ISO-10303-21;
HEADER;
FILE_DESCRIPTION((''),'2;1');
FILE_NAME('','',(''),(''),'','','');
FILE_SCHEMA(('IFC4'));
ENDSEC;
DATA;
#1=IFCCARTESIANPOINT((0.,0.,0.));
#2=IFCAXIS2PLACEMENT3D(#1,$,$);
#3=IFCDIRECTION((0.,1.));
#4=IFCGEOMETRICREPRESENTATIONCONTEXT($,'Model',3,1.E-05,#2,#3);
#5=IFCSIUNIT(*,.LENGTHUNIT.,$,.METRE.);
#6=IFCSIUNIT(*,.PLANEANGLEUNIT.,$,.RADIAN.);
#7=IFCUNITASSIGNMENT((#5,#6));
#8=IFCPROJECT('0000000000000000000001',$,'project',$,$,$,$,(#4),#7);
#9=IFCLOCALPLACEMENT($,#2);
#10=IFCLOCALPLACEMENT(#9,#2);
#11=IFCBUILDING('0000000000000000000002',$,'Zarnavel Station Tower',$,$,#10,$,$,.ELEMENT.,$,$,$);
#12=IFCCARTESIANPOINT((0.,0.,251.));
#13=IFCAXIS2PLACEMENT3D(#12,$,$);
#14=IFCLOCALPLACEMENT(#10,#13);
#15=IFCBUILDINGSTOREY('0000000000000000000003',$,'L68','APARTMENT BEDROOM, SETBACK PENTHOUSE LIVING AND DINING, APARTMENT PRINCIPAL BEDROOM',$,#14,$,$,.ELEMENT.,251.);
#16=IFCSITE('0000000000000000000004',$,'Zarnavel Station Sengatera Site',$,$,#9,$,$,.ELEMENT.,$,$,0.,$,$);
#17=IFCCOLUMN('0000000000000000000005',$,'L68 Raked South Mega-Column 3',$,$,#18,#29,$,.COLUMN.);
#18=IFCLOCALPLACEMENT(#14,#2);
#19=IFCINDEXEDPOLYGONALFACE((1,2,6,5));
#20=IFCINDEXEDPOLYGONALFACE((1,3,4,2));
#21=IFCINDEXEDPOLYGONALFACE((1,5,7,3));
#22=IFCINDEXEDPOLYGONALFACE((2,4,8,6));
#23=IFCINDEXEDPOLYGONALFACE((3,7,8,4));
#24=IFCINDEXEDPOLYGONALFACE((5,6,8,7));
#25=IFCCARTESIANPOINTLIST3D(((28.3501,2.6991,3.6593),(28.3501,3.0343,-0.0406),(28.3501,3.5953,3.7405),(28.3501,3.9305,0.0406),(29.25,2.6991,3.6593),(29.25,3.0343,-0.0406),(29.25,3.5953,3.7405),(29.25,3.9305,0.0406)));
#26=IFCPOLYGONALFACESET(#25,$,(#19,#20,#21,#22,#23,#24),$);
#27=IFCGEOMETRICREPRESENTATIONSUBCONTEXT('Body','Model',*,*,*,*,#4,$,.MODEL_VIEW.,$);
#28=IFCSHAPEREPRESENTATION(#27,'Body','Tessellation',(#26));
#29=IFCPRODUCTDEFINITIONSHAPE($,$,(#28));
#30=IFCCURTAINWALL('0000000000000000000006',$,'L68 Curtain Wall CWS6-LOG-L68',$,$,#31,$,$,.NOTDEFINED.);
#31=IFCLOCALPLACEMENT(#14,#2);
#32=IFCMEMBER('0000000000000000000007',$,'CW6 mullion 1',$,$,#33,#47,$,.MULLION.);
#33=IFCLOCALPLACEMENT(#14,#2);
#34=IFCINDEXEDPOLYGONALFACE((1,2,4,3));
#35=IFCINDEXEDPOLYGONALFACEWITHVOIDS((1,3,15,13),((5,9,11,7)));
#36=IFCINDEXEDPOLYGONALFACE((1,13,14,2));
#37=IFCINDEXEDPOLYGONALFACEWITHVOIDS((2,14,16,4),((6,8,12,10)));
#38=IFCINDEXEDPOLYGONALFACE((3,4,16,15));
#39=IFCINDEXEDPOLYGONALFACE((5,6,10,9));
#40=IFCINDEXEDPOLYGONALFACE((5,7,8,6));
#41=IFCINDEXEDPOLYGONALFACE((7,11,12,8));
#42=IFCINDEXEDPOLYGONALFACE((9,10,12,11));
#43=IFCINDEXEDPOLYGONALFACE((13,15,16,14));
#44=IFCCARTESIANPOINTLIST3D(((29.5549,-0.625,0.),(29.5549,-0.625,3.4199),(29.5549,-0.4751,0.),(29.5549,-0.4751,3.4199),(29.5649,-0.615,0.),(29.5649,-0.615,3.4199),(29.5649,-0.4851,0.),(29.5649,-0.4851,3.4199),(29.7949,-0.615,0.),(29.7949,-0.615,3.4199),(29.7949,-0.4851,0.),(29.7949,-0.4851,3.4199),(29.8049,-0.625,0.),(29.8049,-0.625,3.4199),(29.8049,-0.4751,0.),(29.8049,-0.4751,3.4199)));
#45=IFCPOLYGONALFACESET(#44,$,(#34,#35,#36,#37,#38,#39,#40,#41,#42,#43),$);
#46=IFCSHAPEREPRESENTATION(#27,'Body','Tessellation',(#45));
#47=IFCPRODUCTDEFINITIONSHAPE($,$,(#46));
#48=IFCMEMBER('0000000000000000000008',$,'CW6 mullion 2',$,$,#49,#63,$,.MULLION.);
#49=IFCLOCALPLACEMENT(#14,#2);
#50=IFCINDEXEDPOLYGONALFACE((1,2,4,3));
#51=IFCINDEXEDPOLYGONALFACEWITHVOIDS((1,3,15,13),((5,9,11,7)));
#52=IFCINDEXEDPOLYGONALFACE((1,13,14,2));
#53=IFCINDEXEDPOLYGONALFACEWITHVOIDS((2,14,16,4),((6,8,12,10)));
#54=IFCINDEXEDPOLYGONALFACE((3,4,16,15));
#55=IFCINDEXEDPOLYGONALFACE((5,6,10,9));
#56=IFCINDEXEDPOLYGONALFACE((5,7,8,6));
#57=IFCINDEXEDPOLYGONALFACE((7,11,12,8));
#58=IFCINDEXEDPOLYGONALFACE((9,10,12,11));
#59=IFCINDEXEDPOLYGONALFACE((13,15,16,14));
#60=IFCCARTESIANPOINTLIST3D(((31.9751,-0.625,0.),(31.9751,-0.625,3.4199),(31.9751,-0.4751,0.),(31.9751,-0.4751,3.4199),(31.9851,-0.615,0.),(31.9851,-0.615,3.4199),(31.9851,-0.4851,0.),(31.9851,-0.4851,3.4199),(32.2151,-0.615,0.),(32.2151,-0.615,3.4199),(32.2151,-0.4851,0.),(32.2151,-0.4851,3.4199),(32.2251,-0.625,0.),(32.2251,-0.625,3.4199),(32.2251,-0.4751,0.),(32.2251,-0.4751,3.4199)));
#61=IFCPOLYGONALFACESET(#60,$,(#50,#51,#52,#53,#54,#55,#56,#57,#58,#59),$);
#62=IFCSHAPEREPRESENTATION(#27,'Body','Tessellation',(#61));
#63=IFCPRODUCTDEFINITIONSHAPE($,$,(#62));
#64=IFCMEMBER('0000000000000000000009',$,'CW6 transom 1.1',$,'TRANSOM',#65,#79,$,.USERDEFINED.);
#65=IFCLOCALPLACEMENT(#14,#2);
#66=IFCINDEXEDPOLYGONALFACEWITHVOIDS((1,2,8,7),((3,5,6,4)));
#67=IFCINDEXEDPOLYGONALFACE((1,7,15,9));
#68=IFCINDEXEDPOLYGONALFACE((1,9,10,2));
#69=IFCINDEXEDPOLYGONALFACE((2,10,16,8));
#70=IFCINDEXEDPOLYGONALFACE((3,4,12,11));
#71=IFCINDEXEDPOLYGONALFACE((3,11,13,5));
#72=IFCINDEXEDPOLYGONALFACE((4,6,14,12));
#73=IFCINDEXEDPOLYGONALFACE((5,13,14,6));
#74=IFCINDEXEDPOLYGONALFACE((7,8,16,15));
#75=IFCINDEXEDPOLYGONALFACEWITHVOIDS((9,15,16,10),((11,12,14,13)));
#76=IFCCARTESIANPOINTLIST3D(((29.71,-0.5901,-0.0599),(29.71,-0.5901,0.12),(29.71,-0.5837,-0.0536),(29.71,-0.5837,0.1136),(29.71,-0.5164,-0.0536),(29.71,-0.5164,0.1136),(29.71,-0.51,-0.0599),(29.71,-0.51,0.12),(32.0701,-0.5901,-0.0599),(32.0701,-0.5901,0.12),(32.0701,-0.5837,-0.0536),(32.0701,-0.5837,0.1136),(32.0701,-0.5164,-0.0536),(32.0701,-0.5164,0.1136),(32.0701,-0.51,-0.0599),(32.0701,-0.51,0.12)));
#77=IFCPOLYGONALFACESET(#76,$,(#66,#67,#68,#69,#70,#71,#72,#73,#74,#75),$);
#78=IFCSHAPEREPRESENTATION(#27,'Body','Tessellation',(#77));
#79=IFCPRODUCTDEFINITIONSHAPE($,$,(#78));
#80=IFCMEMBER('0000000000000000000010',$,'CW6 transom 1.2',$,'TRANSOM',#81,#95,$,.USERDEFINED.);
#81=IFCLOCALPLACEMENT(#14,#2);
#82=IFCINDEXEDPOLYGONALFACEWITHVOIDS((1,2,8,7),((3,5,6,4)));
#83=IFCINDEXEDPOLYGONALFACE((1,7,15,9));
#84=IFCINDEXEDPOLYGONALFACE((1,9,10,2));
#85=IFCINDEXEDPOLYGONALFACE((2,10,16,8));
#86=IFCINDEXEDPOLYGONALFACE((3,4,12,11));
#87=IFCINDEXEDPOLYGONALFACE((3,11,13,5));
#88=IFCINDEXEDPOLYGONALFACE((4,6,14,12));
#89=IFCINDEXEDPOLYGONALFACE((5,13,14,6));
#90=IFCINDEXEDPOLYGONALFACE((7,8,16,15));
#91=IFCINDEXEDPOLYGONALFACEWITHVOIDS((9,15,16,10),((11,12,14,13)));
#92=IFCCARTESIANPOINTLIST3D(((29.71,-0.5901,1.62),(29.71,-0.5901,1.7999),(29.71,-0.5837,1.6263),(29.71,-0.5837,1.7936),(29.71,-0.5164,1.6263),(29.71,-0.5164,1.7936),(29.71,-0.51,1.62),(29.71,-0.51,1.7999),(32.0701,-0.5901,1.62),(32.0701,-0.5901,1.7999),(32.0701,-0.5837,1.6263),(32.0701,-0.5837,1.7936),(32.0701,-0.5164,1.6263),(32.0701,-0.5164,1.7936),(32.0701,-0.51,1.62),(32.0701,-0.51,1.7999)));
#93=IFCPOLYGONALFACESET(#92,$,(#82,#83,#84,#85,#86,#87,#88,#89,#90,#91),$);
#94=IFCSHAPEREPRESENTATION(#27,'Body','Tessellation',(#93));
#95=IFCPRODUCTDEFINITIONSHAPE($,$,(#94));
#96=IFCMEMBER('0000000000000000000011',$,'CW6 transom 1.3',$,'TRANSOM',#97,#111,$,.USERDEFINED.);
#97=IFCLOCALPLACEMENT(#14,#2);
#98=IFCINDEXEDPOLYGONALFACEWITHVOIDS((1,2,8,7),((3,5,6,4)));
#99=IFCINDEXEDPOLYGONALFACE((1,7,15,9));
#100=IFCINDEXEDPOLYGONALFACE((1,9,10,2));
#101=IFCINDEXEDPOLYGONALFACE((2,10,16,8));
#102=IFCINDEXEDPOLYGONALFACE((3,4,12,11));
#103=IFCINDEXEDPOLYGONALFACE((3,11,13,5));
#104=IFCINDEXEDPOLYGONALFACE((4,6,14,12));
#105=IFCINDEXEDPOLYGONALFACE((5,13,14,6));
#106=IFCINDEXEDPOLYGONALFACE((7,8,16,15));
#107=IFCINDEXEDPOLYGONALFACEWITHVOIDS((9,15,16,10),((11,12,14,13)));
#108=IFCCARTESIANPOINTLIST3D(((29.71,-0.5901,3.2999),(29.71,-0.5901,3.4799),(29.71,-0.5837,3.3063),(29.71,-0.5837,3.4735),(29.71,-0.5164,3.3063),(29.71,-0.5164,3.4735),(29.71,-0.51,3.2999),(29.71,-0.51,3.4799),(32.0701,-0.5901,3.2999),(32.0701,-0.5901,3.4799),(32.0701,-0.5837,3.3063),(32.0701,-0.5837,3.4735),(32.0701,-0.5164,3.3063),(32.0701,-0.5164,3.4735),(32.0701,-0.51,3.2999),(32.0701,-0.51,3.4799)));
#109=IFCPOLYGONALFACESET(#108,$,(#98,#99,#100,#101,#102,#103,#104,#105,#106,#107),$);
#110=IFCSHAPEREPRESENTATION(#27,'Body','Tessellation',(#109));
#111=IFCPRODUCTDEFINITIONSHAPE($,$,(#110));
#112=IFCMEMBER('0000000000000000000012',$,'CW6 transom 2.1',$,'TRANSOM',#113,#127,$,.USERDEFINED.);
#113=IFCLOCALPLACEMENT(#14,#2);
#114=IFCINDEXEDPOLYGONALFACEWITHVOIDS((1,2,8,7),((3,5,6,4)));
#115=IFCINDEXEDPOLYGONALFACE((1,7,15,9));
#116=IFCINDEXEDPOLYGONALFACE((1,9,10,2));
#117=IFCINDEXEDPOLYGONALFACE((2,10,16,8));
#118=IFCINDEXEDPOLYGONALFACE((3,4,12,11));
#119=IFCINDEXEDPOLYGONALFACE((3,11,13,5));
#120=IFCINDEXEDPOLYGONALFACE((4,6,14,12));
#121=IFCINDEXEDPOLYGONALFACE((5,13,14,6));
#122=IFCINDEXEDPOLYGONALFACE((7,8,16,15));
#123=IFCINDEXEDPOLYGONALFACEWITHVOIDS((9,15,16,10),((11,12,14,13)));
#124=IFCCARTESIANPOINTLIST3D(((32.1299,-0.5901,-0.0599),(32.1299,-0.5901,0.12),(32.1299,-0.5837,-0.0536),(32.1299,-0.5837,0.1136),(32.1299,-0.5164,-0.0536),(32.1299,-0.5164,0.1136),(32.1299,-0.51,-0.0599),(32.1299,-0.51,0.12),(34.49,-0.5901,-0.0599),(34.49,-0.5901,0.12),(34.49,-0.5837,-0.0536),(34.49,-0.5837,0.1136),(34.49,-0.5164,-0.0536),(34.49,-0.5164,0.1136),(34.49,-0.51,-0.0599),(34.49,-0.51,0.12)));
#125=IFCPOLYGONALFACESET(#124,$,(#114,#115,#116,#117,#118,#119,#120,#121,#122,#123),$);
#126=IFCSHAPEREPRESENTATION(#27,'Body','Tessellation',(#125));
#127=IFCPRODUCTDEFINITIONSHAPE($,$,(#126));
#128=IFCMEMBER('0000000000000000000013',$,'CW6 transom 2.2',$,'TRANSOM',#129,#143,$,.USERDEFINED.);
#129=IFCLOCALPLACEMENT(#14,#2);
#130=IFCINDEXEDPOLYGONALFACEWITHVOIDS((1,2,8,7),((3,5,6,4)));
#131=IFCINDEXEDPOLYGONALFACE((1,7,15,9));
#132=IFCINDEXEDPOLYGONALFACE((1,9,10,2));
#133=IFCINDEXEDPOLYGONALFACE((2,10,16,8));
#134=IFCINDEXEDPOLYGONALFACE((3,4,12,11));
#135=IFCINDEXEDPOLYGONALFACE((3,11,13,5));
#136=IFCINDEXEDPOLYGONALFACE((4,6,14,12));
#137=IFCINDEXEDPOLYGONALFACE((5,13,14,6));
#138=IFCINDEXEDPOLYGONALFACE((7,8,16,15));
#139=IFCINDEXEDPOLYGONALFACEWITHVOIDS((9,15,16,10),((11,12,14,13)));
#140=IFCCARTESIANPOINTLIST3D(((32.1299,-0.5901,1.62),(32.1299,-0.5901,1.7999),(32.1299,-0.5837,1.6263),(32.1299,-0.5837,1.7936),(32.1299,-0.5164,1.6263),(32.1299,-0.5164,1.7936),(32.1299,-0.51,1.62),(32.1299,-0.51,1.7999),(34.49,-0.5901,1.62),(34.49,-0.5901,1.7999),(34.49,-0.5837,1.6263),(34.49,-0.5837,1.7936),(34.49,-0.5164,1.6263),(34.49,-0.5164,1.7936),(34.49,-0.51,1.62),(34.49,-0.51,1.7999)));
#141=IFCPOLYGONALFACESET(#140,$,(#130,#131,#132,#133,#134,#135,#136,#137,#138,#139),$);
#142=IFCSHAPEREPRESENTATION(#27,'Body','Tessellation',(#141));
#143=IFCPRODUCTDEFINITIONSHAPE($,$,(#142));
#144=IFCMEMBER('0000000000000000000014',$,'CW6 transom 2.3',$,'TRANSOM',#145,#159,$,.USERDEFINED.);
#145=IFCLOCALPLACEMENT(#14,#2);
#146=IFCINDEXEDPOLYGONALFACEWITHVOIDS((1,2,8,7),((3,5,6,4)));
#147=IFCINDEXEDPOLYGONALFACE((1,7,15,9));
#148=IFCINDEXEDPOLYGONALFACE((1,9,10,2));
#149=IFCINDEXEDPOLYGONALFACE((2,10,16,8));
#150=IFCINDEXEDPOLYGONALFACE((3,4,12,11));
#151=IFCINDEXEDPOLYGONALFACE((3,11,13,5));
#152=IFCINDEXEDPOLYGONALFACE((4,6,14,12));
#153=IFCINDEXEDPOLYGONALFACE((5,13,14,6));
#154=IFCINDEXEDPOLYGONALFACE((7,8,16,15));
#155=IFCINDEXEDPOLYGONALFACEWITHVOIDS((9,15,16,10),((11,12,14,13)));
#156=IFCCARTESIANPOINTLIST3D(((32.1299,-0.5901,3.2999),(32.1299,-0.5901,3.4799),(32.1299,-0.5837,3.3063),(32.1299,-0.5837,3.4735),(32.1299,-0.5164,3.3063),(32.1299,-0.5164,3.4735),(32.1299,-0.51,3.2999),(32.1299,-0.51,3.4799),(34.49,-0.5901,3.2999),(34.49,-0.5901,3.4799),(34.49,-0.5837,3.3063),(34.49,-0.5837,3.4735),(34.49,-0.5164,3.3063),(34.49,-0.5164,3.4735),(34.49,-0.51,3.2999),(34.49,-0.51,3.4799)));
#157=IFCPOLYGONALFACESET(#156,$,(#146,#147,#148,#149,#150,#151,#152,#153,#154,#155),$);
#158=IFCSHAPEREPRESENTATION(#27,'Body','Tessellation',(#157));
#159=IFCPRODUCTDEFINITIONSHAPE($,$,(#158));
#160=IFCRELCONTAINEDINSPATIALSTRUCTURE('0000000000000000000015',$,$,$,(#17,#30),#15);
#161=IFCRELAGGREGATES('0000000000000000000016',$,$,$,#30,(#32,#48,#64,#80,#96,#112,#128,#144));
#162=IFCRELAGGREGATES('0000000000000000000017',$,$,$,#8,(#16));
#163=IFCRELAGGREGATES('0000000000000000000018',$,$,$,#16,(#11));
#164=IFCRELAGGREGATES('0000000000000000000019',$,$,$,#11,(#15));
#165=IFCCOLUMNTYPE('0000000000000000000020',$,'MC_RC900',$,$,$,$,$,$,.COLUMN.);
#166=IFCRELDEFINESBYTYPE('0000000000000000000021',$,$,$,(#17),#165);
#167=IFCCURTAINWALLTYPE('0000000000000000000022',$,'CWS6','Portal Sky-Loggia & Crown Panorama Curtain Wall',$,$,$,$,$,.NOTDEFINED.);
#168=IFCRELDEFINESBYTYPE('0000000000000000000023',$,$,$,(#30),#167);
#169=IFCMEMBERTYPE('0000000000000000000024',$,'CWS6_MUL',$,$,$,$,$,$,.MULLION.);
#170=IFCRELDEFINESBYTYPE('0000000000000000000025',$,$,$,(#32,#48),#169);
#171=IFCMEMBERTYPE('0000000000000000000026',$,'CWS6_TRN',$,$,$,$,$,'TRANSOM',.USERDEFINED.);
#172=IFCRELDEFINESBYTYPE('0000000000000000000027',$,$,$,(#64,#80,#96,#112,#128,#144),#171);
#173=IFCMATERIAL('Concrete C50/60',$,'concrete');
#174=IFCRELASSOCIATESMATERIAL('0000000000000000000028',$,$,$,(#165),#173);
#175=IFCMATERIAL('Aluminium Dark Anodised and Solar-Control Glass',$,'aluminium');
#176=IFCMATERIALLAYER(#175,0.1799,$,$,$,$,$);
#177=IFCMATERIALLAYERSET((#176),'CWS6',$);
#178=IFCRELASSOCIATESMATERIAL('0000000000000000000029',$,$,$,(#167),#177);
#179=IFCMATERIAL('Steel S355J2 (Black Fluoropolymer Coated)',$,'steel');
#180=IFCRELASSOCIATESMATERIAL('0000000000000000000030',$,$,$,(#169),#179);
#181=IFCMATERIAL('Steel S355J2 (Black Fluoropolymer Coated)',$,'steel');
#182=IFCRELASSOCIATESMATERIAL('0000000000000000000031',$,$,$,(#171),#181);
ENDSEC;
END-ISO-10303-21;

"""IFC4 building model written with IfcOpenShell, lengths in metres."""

from ifc_helpers import new_model, si_unit, direction, frame, origin, origin_2d, place, context, subcontext, project, spatial, rectangle, hollow_rectangle, extrude, material, layer, layer_set, material_profile, profile_set, type_object, element, aggregate, save


model = new_model("IFC4")

# Units and contexts
model_context = context("Model", 3, precision=1e-05, world=origin(), true_north=direction((0.0, 1.0)))
body_context = subcontext(model_context, "Body", "Model", "MODEL_VIEW")
ifc_project = project(units=[si_unit("LENGTHUNIT", "METRE"), si_unit("PLANEANGLEUNIT", "RADIAN")], contexts=[model_context])

# Site, building, storey
site_placement = place(None, origin())
site = spatial("IfcSite", under=ifc_project, at=site_placement, Name="Zarnavel Station Sengatera Site", CompositionType="ELEMENT", RefElevation=0.0)
building_placement = place(site_placement, origin())
building = spatial("IfcBuilding", under=site, at=building_placement, Name="Zarnavel Station Tower", CompositionType="ELEMENT")
storey_placement = place(building_placement, frame((0.0, 0.0, 251.0)))
storey = spatial("IfcBuildingStorey", under=building, at=storey_placement, Name="L68", Description="APARTMENT BEDROOM, SETBACK PENTHOUSE LIVING AND DINING, APARTMENT PRINCIPAL BEDROOM", CompositionType="ELEMENT", Elevation=251.0)

# Column
ifc_material_1 = material(Name="Concrete C50/60", Category="concrete")
ifc_material_profile_1 = material_profile(ifc_material_1, rectangle(XDim=0.8999, YDim=0.8999, at=origin_2d()), Name="RC900x900")
ifc_profile_set_1 = profile_set([ifc_material_profile_1], Name="Concrete C50/60")
column_type = type_object("IfcColumnType", Name="MC_RC900", PredefinedType="COLUMN", material=ifc_profile_set_1)
column_placement = place(storey_placement, frame((28.8, 3.4824, 0.0), z_axis=(0.0, -0.090228, 0.995921), x_axis=(1.0, 0.0, 0.0)))
element("IfcColumn", 1, at=column_placement, inside=storey, type_object=column_type, Name="L68 Raked South Mega-Column 3", PredefinedType="COLUMN", context=body_context, shape_type="SweptSolid", body=[
    extrude(rectangle(XDim=0.8999, YDim=0.8999, at=origin_2d()), origin(), (0.0, 0.0, 1.0), 3.7151),
])

# Curtain wall, members
ifc_material_2 = material(Name="Aluminium Dark Anodised and Solar-Control Glass", Category="aluminium")
ifc_layer_1 = layer(ifc_material_2, 0.1799)
ifc_layer_set_1 = layer_set([ifc_layer_1], Name="CWS6")
curtain_wall_type = type_object("IfcCurtainWallType", Name="CWS6", Description="Portal Sky-Loggia & Crown Panorama Curtain Wall", PredefinedType="NOTDEFINED", material=ifc_layer_set_1)
curtain_wall_placement = place(storey_placement, origin())
curtain_wall = element("IfcCurtainWall", 2, at=curtain_wall_placement, inside=storey, type_object=curtain_wall_type, Name="L68 Curtain Wall CWS6-LOG-L68", PredefinedType="NOTDEFINED")
ifc_material_3 = material(Name="Steel S355J2 (Black Fluoropolymer Coated)", Category="steel")
ifc_material_profile_2 = material_profile(ifc_material_3, hollow_rectangle(XDim=0.1499, YDim=0.25, WallThickness=0.01, at=origin_2d()), Name="RHS250x150x10")
ifc_profile_set_2 = profile_set([ifc_material_profile_2], Name="Steel S355J2 (Black Fluoropolymer Coated)")
member_type_1 = type_object("IfcMemberType", Name="CWS6_MUL", PredefinedType="MULLION", material=ifc_profile_set_2)
member_1_placement = place(storey_placement, frame((29.6799, -0.55, 0.0), z_axis=(0.0, 0.0, 1.0), x_axis=(0.0, 1.0, 0.0)))
member_1 = element("IfcMember", 3, at=member_1_placement, type_object=member_type_1, Name="CW6 mullion 1", PredefinedType="MULLION", context=body_context, shape_type="SweptSolid", body=[
    extrude(hollow_rectangle(XDim=0.1499, YDim=0.25, WallThickness=0.01, at=origin_2d()), origin(), (0.0, 0.0, 1.0), 3.4199),
])
member_2_placement = place(storey_placement, frame((32.1001, -0.55, 0.0), z_axis=(0.0, 0.0, 1.0), x_axis=(0.0, 1.0, 0.0)))
member_2 = element("IfcMember", 4, at=member_2_placement, type_object=member_type_1, Name="CW6 mullion 2", PredefinedType="MULLION", context=body_context, shape_type="SweptSolid", body=[
    extrude(hollow_rectangle(XDim=0.1499, YDim=0.25, WallThickness=0.01, at=origin_2d()), origin(), (0.0, 0.0, 1.0), 3.4199),
])
ifc_material_4 = material(Name="Steel S355J2 (Black Fluoropolymer Coated)", Category="steel")
ifc_material_profile_3 = material_profile(ifc_material_4, hollow_rectangle(XDim=0.0801, YDim=0.1799, WallThickness=0.0063, at=origin_2d()), Name="RHS180x80x6.3")
ifc_profile_set_3 = profile_set([ifc_material_profile_3], Name="Steel S355J2 (Black Fluoropolymer Coated)")
member_type_2 = type_object("IfcMemberType", Name="CWS6_TRN", ElementType="TRANSOM", PredefinedType="USERDEFINED", material=ifc_profile_set_3)
member_3_placement = place(storey_placement, frame((29.71, -0.55, 0.03), z_axis=(1.0, 0.0, 0.0), x_axis=(0.0, 1.0, 0.0)))
member_3 = element("IfcMember", 5, at=member_3_placement, type_object=member_type_2, Name="CW6 transom 1.1", ObjectType="TRANSOM", PredefinedType="USERDEFINED", context=body_context, shape_type="SweptSolid", body=[
    extrude(hollow_rectangle(XDim=0.0801, YDim=0.1799, WallThickness=0.0063, at=origin_2d()), origin(), (0.0, 0.0, 1.0), 2.3601),
])
member_4_placement = place(storey_placement, frame((29.71, -0.55, 1.71), z_axis=(1.0, 0.0, 0.0), x_axis=(0.0, 1.0, 0.0)))
member_4 = element("IfcMember", 6, at=member_4_placement, type_object=member_type_2, Name="CW6 transom 1.2", ObjectType="TRANSOM", PredefinedType="USERDEFINED", context=body_context, shape_type="SweptSolid", body=[
    extrude(hollow_rectangle(XDim=0.0801, YDim=0.1799, WallThickness=0.0063, at=origin_2d()), origin(), (0.0, 0.0, 1.0), 2.3601),
])
member_5_placement = place(storey_placement, frame((29.71, -0.55, 3.3899), z_axis=(1.0, 0.0, 0.0), x_axis=(0.0, 1.0, 0.0)))
member_5 = element("IfcMember", 7, at=member_5_placement, type_object=member_type_2, Name="CW6 transom 1.3", ObjectType="TRANSOM", PredefinedType="USERDEFINED", context=body_context, shape_type="SweptSolid", body=[
    extrude(hollow_rectangle(XDim=0.0801, YDim=0.1799, WallThickness=0.0063, at=origin_2d()), origin(), (0.0, 0.0, 1.0), 2.3601),
])
member_6_placement = place(storey_placement, frame((32.1299, -0.55, 0.03), z_axis=(1.0, 0.0, 0.0), x_axis=(0.0, 1.0, 0.0)))
member_6 = element("IfcMember", 8, at=member_6_placement, type_object=member_type_2, Name="CW6 transom 2.1", ObjectType="TRANSOM", PredefinedType="USERDEFINED", context=body_context, shape_type="SweptSolid", body=[
    extrude(hollow_rectangle(XDim=0.0801, YDim=0.1799, WallThickness=0.0063, at=origin_2d()), origin(), (0.0, 0.0, 1.0), 2.3601),
])
member_7_placement = place(storey_placement, frame((32.1299, -0.55, 1.71), z_axis=(1.0, 0.0, 0.0), x_axis=(0.0, 1.0, 0.0)))
member_7 = element("IfcMember", 9, at=member_7_placement, type_object=member_type_2, Name="CW6 transom 2.2", ObjectType="TRANSOM", PredefinedType="USERDEFINED", context=body_context, shape_type="SweptSolid", body=[
    extrude(hollow_rectangle(XDim=0.0801, YDim=0.1799, WallThickness=0.0063, at=origin_2d()), origin(), (0.0, 0.0, 1.0), 2.3601),
])
member_8_placement = place(storey_placement, frame((32.1299, -0.55, 3.3899), z_axis=(1.0, 0.0, 0.0), x_axis=(0.0, 1.0, 0.0)))
member_8 = element("IfcMember", 10, at=member_8_placement, type_object=member_type_2, Name="CW6 transom 2.3", ObjectType="TRANSOM", PredefinedType="USERDEFINED", context=body_context, shape_type="SweptSolid", body=[
    extrude(hollow_rectangle(XDim=0.0801, YDim=0.1799, WallThickness=0.0063, at=origin_2d()), origin(), (0.0, 0.0, 1.0), 2.3601),
])

aggregate(curtain_wall, [member_1, member_2, member_3, member_4, member_5, member_6, member_7, member_8])

save(model, "model.ifc")
